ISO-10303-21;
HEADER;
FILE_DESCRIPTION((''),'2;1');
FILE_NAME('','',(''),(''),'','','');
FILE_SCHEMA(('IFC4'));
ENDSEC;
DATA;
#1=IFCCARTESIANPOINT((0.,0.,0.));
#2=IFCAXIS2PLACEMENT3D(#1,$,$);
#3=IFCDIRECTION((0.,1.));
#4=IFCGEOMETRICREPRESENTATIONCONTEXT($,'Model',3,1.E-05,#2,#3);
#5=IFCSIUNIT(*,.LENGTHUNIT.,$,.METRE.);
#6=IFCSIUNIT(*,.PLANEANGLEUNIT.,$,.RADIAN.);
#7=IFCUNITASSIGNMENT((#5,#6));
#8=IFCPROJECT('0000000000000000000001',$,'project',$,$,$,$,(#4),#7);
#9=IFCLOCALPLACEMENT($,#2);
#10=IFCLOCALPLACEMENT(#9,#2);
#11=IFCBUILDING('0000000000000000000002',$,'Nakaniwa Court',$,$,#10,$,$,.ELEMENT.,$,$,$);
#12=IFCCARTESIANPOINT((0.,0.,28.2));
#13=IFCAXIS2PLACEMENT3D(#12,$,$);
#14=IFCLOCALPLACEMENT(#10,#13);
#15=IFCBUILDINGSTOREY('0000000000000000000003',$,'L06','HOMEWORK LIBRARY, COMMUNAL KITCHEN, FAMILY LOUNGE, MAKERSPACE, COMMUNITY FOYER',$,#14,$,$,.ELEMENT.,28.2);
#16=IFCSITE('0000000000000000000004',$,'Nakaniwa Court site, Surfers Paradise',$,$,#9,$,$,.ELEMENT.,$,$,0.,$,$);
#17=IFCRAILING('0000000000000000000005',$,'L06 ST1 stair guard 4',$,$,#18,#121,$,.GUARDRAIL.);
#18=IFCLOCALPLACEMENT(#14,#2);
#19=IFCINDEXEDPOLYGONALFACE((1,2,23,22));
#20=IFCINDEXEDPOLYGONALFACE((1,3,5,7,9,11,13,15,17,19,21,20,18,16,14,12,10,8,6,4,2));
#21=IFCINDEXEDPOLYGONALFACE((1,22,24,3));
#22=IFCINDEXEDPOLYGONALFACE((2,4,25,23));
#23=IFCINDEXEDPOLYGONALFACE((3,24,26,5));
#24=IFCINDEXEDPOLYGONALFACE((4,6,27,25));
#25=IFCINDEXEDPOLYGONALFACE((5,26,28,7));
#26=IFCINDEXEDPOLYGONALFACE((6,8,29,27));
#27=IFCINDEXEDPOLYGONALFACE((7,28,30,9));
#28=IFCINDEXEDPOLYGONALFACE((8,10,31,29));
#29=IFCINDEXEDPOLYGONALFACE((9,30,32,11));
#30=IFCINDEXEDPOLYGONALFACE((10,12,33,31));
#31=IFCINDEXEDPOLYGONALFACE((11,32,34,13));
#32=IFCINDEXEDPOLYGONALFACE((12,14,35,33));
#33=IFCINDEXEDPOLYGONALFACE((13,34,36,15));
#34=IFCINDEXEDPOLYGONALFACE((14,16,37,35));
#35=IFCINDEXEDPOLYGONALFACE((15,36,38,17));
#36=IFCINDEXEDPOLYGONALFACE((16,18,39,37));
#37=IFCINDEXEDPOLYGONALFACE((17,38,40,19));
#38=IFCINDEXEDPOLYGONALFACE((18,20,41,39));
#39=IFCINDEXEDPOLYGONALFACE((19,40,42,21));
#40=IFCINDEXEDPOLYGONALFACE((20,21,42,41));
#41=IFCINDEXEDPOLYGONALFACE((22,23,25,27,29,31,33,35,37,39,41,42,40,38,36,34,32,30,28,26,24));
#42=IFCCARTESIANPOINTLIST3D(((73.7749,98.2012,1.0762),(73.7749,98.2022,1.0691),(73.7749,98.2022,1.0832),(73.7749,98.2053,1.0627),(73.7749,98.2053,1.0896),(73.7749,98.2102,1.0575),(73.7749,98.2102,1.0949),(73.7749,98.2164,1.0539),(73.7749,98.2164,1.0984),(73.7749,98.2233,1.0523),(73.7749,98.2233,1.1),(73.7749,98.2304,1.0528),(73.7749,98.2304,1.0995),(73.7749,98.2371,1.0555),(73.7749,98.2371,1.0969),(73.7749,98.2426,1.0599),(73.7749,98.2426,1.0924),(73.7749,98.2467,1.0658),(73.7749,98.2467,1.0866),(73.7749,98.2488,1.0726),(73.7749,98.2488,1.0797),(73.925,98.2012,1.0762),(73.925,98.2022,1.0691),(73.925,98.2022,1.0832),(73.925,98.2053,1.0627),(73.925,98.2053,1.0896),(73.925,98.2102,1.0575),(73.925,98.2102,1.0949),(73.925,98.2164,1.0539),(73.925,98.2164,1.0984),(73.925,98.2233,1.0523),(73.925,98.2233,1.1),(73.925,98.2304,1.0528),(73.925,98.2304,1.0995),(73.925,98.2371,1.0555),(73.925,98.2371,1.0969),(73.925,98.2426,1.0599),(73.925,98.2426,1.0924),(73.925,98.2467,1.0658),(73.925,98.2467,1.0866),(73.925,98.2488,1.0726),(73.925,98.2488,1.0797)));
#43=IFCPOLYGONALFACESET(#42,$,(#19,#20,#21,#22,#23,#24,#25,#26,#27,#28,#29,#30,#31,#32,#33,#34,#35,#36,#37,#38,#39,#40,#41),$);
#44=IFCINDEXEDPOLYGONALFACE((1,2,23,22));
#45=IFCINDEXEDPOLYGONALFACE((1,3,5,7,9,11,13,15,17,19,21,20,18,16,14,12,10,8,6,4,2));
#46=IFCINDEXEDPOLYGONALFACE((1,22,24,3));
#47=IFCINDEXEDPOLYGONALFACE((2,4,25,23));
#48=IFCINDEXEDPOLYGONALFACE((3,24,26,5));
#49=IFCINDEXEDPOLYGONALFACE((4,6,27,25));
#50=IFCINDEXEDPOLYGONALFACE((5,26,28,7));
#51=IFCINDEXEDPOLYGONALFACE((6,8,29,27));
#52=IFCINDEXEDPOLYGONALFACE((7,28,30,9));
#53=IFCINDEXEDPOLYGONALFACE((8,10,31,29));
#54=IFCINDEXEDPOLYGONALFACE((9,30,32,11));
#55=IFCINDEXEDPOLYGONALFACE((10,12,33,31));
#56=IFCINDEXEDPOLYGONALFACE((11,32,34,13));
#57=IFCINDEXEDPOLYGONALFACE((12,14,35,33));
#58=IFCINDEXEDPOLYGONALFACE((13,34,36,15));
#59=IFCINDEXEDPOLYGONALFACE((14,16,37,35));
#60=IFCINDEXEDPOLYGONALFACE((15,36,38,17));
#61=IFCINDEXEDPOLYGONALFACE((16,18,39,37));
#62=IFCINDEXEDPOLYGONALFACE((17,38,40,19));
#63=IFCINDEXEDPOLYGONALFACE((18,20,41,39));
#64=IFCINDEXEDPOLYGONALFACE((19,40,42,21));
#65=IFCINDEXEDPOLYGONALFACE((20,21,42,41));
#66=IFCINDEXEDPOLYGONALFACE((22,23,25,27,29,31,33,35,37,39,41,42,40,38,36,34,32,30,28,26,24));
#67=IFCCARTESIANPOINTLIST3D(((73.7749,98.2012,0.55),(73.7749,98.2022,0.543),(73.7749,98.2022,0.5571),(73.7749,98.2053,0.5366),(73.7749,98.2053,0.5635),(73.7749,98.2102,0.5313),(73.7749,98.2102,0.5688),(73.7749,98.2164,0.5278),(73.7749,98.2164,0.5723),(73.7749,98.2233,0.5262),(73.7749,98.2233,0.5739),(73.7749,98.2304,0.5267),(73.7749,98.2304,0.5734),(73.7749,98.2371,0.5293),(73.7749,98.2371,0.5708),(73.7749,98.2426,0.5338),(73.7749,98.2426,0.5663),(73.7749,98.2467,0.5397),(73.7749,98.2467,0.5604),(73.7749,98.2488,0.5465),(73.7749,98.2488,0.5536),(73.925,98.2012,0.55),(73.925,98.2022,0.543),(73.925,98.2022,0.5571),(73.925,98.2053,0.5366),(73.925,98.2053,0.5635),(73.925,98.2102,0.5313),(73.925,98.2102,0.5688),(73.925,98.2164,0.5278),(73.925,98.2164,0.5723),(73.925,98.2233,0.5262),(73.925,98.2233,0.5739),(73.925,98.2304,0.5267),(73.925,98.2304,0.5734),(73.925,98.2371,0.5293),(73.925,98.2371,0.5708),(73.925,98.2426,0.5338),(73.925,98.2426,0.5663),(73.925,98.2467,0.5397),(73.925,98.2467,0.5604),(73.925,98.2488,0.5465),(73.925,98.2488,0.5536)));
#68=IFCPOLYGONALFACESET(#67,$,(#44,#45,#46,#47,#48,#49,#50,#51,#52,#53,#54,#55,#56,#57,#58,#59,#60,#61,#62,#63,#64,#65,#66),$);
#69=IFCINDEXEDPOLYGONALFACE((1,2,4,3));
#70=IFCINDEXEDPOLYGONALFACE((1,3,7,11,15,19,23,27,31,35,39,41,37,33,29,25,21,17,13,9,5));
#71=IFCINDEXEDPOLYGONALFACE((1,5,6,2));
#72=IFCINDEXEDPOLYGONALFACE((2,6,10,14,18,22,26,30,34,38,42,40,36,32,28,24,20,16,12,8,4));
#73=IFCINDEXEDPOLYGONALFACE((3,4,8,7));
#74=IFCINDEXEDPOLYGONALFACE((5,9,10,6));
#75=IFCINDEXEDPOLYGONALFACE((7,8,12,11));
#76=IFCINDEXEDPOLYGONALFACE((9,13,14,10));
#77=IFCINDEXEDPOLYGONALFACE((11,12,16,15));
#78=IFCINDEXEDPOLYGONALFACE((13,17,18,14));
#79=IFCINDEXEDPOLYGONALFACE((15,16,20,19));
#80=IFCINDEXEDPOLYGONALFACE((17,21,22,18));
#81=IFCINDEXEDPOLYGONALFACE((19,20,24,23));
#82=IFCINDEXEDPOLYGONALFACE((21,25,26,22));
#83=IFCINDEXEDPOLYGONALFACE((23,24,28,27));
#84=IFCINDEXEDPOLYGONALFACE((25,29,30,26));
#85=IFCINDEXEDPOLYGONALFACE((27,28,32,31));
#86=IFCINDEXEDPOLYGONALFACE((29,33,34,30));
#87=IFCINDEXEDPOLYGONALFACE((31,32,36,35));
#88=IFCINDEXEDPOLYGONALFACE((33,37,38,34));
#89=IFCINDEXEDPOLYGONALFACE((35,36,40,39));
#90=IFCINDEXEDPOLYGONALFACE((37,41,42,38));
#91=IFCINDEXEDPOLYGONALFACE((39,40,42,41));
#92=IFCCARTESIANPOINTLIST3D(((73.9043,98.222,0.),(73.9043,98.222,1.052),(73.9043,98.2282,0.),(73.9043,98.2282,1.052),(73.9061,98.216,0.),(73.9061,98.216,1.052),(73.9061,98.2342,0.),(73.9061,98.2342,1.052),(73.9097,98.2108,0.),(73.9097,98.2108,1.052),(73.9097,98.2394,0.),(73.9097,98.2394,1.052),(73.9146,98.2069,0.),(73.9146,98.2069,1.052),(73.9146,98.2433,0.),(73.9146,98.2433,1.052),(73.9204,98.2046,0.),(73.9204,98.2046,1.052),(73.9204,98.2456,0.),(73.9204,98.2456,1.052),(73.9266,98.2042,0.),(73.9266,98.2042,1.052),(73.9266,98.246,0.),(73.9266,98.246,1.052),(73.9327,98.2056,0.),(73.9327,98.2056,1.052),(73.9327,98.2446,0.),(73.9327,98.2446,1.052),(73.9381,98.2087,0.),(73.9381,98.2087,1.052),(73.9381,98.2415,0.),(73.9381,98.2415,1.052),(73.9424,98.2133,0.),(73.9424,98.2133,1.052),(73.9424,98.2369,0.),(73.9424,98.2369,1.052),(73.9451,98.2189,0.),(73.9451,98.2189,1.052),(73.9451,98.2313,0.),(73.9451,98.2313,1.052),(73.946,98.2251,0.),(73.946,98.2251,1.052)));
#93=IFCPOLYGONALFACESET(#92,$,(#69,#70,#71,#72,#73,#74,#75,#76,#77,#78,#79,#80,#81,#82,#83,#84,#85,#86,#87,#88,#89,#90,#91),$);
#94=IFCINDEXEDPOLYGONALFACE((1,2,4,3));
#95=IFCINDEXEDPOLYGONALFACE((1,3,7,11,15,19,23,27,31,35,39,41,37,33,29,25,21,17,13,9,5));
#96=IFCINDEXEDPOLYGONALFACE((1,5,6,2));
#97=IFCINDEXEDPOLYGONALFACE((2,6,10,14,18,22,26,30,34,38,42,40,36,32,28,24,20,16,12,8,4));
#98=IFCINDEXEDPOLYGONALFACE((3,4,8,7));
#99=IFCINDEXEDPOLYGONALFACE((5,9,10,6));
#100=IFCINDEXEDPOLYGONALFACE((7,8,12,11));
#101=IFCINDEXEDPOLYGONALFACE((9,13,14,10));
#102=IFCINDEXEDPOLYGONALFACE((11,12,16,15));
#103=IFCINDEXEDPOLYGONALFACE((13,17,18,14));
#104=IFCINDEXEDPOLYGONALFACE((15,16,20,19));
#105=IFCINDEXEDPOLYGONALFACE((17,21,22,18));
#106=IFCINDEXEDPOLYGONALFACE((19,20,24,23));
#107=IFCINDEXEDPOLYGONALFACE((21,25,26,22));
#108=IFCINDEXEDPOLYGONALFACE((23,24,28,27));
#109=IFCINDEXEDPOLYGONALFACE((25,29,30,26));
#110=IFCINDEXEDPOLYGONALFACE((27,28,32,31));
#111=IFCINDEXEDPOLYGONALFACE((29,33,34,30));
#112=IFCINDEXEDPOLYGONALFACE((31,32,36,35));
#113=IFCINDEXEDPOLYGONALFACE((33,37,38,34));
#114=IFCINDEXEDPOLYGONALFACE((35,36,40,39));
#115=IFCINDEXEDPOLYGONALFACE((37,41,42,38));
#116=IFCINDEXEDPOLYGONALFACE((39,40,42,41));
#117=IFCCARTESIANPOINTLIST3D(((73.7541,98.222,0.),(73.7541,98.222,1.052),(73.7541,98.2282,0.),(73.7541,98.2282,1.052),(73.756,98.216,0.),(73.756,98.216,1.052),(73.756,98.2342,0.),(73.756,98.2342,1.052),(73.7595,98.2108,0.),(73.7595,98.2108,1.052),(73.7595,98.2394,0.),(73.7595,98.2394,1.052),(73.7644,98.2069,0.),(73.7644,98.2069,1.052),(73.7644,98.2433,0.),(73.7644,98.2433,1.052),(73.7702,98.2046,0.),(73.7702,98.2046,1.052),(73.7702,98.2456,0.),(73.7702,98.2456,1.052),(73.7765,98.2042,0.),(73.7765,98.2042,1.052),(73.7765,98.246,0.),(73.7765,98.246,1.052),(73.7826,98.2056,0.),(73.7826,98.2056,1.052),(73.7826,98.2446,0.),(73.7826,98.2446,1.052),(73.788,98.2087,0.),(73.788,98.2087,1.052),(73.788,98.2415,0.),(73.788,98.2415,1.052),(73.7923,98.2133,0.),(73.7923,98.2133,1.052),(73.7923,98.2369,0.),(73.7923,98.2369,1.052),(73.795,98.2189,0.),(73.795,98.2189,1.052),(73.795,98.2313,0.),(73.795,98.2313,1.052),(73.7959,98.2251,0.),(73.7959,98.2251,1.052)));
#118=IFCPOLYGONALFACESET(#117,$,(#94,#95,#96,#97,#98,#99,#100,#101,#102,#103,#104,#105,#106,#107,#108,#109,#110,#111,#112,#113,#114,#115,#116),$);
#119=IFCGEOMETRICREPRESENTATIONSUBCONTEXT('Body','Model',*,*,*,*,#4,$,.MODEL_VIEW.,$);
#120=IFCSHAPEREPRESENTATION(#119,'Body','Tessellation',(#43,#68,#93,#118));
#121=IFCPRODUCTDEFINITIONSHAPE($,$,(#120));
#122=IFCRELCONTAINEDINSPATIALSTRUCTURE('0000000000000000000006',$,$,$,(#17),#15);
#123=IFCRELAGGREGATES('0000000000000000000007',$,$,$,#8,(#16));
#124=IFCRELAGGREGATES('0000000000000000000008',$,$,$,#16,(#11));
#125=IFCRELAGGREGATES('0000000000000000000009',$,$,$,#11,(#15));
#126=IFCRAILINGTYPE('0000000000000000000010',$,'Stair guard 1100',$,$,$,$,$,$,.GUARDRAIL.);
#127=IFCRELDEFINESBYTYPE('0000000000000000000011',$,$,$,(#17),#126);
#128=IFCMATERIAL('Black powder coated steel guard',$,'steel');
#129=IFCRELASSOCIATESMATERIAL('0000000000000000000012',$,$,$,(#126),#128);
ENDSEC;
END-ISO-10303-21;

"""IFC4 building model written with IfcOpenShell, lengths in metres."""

from ifc_helpers import new_model, si_unit, direction, frame, origin, origin_2d, place, context, subcontext, project, spatial, circle, extrude, material, type_object, element, save


model = new_model("IFC4")

# Units and contexts
model_context = context("Model", 3, precision=1e-05, world=origin(), true_north=direction((0.0, 1.0)))
body_context = subcontext(model_context, "Body", "Model", "MODEL_VIEW")
ifc_project = project(units=[si_unit("LENGTHUNIT", "METRE"), si_unit("PLANEANGLEUNIT", "RADIAN")], contexts=[model_context])

# Site, building, storey
site_placement = place(None, origin())
site = spatial("IfcSite", under=ifc_project, at=site_placement, Name="Nakaniwa Court site, Surfers Paradise", CompositionType="ELEMENT", RefElevation=0.0)
building_placement = place(site_placement, origin())
building = spatial("IfcBuilding", under=site, at=building_placement, Name="Nakaniwa Court", CompositionType="ELEMENT")
storey_placement = place(building_placement, frame((0.0, 0.0, 28.2)))
storey = spatial("IfcBuildingStorey", under=building, at=storey_placement, Name="L06", Description="HOMEWORK LIBRARY, COMMUNAL KITCHEN, FAMILY LOUNGE, MAKERSPACE, COMMUNITY FOYER", CompositionType="ELEMENT", Elevation=28.2)

# Railing
ifc_material_1 = material(Name="Black powder coated steel guard", Category="steel")
railing_type_1 = type_object("IfcRailingType", Name="Stair guard 1100", PredefinedType="GUARDRAIL", material=ifc_material_1)
railing_1_placement = place(storey_placement, frame((73.925, 98.2251, 0.0)))
element("IfcRailing", 1, at=railing_1_placement, inside=storey, type_object=railing_type_1, Name="L06 ST1 stair guard 4", PredefinedType="GUARDRAIL", context=body_context, shape_type="SweptSolid", body=[
    extrude(circle(Radius=0.0239, at=origin_2d()), frame((0.0, 0.0, 1.0762), z_axis=(-1.0, 0.0, 0.0), x_axis=(0.0, -1.0, 0.0)), (0.0, 0.0, 1.0), 0.1501),
    extrude(circle(Radius=0.0239, at=origin_2d()), frame((0.0, 0.0, 0.55), z_axis=(-1.0, 0.0, 0.0), x_axis=(0.0, -1.0, 0.0)), (0.0, 0.0, 1.0), 0.1501),
    extrude(circle(Radius=0.021, at=origin_2d()), origin(), (0.0, 0.0, 1.0), 1.052),
    extrude(circle(Radius=0.021, at=origin_2d()), frame((-0.1501, 0.0, 0.0)), (0.0, 0.0, 1.0), 1.052),
])

save(model, "model.ifc")
